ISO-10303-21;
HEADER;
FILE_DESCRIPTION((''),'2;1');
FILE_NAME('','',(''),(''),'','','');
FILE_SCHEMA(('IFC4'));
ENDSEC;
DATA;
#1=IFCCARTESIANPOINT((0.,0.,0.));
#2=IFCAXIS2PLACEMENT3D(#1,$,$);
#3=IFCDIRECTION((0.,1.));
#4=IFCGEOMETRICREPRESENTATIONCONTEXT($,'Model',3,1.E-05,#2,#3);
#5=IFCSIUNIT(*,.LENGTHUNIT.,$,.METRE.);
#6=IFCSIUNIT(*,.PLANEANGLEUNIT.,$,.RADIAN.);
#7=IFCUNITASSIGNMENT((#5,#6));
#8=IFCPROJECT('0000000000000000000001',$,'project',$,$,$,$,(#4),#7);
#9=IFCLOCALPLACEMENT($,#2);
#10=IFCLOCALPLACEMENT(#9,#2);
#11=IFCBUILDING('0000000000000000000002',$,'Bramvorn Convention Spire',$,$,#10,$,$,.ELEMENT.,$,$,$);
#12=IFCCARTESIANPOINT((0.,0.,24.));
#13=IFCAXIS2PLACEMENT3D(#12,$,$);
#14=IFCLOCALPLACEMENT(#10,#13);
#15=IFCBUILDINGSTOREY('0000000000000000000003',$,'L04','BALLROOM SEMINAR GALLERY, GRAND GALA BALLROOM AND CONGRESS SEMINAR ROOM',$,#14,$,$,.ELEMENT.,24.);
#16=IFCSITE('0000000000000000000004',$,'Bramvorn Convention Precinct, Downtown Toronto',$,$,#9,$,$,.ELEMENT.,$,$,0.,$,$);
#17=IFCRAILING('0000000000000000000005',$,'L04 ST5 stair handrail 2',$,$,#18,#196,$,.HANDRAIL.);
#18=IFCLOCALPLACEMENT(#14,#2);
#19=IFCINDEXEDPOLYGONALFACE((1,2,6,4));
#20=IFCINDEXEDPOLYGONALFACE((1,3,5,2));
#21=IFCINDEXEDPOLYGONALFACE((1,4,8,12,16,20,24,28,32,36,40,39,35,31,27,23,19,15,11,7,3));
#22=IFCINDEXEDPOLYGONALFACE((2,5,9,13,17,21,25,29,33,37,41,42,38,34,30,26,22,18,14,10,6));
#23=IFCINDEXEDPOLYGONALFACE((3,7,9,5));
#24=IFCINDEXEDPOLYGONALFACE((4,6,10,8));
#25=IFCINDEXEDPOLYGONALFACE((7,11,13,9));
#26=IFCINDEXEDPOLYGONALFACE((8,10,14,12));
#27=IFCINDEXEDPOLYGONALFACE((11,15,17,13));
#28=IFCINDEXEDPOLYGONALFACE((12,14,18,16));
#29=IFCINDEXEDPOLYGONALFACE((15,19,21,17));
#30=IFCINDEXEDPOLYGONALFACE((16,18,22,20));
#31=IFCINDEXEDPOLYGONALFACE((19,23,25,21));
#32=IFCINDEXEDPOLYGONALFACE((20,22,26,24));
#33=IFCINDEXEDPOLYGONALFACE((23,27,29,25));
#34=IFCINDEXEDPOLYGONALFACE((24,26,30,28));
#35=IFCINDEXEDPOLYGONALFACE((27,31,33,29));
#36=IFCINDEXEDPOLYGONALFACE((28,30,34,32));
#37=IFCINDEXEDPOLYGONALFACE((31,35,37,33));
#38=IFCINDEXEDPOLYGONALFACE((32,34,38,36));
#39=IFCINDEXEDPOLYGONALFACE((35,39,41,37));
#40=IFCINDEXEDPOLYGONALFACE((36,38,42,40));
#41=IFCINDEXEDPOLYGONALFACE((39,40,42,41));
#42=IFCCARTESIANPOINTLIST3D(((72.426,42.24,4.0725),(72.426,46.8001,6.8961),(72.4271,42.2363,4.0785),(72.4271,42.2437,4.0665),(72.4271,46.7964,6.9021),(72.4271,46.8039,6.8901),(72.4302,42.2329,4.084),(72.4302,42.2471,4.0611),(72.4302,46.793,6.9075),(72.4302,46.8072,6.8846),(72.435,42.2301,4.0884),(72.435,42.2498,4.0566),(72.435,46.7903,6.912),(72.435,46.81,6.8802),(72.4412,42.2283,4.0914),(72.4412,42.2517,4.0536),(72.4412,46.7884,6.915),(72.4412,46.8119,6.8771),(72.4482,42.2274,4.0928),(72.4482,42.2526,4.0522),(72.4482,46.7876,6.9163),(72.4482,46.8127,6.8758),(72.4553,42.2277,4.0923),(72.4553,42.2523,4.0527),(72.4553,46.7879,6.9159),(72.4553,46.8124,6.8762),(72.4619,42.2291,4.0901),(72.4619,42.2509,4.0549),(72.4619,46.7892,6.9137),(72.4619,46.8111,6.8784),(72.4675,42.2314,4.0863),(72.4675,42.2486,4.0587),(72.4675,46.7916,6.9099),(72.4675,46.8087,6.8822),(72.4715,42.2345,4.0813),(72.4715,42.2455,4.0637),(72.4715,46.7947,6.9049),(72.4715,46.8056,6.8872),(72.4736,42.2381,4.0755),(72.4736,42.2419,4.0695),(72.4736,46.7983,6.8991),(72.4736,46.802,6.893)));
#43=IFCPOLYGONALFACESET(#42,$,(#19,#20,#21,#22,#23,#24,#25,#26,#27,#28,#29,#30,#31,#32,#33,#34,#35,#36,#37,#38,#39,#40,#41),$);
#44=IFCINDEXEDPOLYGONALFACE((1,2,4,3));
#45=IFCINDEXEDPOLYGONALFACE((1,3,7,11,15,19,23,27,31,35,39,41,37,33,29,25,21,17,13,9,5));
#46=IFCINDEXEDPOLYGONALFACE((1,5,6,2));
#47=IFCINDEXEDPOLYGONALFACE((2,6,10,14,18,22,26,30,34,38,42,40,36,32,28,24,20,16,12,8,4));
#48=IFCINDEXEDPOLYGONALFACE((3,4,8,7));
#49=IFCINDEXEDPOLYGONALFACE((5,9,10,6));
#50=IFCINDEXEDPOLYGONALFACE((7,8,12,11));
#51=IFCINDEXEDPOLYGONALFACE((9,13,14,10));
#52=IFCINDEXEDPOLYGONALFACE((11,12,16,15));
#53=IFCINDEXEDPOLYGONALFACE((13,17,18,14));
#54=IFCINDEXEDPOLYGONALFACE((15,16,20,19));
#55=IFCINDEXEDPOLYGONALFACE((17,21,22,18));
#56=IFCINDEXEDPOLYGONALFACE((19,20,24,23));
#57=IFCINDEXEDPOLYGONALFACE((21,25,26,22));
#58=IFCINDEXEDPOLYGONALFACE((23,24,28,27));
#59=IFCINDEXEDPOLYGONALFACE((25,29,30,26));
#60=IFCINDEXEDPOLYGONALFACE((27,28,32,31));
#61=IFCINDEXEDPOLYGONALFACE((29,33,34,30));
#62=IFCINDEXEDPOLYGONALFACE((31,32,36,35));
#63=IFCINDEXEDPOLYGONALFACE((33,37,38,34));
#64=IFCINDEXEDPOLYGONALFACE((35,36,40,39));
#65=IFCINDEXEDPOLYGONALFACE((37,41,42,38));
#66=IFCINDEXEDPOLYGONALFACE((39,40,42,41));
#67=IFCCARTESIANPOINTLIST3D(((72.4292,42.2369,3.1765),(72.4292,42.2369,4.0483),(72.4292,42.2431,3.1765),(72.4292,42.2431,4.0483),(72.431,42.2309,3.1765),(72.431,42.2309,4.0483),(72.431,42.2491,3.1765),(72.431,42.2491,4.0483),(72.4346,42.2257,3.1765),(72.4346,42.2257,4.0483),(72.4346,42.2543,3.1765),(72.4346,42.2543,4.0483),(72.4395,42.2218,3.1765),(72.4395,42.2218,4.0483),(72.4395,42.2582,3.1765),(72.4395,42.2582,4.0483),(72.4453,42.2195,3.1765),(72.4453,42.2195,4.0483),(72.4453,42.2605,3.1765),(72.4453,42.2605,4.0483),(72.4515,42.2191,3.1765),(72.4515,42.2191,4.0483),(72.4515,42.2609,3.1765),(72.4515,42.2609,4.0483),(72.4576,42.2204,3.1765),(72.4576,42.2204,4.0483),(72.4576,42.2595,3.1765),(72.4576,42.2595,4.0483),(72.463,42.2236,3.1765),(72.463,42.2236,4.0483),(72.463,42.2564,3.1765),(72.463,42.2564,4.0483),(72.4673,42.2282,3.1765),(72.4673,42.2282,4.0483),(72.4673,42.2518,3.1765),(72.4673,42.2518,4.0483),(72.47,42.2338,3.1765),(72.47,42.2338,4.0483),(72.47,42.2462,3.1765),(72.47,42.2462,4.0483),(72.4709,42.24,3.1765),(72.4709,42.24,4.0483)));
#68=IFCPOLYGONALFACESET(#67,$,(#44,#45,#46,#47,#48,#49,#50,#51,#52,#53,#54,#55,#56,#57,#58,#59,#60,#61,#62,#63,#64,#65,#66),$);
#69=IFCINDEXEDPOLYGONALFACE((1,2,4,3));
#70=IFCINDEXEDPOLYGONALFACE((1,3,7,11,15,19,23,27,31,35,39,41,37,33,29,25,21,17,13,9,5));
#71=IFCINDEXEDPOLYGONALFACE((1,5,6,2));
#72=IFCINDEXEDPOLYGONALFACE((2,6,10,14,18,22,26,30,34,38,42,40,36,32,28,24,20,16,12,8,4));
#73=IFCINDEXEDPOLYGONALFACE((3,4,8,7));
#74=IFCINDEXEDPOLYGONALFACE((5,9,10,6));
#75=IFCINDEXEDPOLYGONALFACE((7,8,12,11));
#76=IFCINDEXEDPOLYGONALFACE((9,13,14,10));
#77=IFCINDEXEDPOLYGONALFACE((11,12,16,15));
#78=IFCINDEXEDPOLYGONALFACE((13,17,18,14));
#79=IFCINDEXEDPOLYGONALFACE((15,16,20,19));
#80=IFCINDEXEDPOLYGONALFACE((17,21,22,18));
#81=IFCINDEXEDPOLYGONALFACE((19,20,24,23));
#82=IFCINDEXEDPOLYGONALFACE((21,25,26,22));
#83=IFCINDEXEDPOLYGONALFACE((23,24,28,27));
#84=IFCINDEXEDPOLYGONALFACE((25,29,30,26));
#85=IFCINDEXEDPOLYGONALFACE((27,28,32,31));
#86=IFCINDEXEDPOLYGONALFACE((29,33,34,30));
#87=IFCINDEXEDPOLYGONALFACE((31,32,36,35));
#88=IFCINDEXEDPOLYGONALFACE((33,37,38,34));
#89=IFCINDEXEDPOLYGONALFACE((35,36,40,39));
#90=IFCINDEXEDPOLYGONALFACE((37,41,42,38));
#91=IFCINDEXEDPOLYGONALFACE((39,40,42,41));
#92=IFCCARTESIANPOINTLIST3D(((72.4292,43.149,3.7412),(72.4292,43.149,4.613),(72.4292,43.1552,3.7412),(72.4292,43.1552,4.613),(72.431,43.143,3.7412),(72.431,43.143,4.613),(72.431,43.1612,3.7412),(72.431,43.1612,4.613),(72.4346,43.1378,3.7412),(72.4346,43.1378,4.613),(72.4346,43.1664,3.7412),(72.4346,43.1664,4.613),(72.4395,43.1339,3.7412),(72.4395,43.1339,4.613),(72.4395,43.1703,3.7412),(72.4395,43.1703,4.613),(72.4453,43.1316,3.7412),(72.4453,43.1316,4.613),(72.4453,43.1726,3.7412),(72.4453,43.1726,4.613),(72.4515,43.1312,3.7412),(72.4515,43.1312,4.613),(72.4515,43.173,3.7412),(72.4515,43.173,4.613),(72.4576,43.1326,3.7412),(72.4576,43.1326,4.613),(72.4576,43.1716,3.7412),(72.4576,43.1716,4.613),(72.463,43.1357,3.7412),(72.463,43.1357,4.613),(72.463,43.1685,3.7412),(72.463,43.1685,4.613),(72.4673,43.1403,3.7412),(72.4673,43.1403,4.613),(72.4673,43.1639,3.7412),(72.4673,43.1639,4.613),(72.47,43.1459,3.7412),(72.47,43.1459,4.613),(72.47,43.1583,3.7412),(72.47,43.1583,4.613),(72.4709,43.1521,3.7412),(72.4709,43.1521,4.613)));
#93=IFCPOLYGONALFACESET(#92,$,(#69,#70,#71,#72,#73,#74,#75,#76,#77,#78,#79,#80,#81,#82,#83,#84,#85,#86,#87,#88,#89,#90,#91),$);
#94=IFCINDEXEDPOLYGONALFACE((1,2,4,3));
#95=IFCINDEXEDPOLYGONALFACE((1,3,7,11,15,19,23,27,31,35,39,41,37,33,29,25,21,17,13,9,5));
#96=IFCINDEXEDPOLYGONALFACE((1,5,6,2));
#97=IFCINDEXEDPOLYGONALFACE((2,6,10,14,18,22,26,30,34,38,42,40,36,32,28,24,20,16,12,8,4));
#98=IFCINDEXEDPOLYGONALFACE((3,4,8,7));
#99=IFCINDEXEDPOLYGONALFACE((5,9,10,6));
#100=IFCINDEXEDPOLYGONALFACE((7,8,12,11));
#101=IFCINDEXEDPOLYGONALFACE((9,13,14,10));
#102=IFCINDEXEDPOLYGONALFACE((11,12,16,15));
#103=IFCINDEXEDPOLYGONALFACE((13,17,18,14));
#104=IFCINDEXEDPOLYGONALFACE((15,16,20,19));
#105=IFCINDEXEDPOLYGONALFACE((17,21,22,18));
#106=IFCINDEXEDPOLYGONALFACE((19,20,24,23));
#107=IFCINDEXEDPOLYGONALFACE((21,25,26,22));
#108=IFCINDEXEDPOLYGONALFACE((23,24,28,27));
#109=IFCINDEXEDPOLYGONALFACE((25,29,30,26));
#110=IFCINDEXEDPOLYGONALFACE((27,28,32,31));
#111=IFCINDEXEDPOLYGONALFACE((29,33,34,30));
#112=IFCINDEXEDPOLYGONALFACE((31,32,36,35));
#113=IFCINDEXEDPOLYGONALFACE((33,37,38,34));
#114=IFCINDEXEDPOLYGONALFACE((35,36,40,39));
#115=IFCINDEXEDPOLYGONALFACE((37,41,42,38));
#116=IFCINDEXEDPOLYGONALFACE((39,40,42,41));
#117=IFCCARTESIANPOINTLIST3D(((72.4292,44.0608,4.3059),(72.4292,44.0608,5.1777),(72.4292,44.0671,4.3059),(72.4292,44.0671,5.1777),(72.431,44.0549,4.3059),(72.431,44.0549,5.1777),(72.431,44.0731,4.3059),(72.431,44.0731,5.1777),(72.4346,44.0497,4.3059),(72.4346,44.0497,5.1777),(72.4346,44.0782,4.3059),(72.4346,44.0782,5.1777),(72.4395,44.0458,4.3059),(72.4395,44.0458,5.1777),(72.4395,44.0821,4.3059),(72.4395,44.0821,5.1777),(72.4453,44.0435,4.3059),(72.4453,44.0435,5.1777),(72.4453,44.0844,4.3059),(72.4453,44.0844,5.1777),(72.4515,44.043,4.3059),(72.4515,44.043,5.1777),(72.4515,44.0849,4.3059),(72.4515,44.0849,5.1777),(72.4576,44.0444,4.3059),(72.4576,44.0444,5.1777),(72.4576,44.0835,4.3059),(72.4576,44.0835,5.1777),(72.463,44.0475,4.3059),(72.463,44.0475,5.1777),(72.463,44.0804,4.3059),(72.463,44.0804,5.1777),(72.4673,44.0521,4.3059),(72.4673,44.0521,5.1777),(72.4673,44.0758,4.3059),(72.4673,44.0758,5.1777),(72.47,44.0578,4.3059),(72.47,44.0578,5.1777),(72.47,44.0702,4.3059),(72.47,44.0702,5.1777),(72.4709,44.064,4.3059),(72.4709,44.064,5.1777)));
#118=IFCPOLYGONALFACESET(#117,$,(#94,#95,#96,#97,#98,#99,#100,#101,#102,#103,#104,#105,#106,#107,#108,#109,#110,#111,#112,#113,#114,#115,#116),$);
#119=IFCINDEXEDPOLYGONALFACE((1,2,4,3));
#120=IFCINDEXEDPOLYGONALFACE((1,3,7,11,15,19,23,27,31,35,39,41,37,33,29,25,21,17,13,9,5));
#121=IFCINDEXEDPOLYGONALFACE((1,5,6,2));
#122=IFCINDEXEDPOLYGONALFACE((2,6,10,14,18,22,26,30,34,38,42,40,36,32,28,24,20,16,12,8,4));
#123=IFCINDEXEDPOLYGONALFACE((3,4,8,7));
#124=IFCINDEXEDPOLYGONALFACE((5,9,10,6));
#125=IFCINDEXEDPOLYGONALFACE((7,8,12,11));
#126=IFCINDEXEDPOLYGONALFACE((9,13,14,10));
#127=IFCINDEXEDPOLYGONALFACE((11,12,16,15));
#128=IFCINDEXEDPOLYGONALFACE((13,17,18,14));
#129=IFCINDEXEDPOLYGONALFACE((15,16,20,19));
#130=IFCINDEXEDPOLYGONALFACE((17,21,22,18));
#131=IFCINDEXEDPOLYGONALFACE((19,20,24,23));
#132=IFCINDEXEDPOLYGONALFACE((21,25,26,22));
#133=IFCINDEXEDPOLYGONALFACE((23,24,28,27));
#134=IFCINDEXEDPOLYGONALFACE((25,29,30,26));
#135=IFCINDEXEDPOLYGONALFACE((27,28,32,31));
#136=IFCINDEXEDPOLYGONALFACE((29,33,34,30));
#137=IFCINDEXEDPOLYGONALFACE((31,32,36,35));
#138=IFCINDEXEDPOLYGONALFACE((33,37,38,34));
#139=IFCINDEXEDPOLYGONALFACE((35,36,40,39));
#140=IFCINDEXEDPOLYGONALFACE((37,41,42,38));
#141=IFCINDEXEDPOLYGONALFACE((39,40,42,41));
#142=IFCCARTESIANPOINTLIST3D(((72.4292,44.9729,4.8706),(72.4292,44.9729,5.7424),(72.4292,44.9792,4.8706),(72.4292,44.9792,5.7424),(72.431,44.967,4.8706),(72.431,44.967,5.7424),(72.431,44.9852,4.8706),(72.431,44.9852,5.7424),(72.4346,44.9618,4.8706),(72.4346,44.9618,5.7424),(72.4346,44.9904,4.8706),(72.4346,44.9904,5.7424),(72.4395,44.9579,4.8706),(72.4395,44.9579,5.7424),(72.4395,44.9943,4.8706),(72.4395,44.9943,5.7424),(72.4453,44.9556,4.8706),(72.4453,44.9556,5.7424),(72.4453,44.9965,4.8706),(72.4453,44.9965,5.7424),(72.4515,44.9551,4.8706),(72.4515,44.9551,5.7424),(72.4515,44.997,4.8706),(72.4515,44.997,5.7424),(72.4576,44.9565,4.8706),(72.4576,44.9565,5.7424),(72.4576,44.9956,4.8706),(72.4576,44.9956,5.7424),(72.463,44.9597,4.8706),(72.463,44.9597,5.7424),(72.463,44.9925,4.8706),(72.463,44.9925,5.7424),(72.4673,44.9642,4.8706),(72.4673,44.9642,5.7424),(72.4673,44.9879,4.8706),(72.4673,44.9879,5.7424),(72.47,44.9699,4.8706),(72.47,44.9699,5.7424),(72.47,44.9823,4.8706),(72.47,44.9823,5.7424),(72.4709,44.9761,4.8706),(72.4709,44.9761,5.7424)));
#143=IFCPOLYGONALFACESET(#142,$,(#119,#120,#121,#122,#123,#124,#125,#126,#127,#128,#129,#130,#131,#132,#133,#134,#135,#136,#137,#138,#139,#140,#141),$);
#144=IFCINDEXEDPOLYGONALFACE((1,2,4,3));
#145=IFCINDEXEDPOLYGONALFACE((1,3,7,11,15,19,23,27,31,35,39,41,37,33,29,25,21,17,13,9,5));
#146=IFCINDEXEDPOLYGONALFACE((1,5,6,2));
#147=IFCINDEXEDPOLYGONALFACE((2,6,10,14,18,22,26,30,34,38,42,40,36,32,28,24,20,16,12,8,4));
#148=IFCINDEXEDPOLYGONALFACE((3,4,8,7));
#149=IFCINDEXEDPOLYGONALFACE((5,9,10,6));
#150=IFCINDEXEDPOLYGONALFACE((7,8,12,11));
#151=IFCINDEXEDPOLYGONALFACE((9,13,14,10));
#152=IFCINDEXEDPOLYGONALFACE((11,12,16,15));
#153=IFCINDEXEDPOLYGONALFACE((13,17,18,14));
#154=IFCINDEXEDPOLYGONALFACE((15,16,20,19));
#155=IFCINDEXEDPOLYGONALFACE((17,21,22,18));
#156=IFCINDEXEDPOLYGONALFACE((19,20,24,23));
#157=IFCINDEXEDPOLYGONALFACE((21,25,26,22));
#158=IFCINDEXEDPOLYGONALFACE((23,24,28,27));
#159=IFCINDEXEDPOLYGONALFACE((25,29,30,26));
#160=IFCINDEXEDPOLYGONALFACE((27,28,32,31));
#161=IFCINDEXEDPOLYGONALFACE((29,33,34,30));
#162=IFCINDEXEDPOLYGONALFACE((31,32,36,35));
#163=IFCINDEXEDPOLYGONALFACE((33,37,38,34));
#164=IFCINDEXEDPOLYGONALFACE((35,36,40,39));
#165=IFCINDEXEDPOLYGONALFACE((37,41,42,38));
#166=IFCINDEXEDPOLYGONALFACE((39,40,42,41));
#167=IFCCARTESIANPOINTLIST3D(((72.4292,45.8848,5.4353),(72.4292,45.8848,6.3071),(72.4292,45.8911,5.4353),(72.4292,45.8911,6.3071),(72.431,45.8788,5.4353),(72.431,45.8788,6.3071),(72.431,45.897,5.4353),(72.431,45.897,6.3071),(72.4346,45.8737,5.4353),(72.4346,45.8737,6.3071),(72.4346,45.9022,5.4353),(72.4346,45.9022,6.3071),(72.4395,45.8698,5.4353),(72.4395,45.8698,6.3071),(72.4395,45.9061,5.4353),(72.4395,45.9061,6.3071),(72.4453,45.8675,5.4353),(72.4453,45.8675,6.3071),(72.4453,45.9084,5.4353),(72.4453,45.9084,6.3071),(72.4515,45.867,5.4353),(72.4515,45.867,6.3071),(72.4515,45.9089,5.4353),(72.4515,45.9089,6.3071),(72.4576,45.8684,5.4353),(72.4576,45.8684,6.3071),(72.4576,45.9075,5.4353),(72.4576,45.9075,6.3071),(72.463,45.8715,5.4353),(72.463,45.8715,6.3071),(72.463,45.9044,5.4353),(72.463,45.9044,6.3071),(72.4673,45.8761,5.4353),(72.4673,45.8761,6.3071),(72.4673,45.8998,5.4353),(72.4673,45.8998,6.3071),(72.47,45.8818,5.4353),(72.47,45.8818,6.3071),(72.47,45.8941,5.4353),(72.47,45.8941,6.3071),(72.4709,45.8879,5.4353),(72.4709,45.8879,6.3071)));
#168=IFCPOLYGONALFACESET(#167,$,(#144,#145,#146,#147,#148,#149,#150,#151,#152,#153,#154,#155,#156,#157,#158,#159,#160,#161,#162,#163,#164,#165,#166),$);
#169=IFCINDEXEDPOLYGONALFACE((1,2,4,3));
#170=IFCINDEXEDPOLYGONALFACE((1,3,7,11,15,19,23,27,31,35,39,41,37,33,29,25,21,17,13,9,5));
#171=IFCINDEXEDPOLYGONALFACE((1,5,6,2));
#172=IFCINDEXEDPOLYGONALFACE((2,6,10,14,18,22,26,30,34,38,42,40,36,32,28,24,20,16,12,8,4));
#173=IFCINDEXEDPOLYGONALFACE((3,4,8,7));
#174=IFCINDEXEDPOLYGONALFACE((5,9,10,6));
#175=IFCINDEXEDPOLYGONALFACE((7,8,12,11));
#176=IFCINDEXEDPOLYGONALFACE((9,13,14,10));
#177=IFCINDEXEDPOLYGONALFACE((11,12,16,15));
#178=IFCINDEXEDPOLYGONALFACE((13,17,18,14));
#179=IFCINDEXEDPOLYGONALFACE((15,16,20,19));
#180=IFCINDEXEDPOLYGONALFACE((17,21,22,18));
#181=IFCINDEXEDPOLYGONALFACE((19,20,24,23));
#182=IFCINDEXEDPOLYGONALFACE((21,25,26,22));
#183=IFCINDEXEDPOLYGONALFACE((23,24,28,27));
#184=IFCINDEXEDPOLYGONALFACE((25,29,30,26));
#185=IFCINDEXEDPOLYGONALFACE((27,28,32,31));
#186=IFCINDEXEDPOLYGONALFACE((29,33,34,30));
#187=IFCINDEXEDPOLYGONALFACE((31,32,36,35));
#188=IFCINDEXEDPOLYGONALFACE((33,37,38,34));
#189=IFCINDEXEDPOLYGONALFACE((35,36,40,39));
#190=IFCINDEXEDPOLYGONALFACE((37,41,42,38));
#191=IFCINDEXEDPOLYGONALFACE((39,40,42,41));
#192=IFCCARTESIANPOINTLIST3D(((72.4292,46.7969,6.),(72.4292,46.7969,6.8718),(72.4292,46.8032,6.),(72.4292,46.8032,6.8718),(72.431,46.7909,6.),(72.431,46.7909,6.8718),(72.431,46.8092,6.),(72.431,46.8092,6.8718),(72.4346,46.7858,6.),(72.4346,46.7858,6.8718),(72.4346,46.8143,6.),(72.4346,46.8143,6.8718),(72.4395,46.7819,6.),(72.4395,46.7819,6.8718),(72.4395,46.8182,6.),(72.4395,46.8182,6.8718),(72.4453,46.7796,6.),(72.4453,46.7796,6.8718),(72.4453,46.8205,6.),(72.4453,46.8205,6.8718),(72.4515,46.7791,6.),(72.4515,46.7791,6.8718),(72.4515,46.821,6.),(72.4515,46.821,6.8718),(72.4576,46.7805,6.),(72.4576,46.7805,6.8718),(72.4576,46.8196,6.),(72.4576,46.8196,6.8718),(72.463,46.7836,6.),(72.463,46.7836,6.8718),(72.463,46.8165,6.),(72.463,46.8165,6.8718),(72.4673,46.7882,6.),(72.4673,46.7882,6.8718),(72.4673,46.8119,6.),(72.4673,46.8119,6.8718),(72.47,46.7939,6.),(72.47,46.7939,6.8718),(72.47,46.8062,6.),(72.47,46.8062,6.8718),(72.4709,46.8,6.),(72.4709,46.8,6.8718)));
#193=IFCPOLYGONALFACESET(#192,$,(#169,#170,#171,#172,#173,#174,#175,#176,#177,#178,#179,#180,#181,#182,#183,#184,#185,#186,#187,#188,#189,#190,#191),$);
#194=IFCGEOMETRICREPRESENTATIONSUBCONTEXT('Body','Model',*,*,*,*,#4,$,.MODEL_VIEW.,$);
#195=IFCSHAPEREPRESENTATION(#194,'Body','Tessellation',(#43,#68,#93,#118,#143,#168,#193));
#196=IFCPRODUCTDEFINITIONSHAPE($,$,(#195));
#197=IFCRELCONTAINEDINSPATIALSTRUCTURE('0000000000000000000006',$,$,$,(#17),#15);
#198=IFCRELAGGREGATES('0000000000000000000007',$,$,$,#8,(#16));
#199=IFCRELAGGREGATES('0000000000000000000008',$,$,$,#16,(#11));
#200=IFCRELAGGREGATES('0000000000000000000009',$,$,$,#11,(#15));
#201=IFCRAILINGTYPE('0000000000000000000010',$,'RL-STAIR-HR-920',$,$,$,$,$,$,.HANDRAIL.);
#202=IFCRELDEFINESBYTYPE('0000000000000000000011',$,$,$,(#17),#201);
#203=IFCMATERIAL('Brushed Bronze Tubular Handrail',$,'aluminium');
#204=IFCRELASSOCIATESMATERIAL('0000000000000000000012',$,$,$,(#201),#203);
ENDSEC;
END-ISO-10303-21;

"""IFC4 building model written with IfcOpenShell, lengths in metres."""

from ifc_helpers import new_model, si_unit, direction, frame, origin, origin_2d, place, context, subcontext, project, spatial, circle, extrude, material, type_object, element, save


model = new_model("IFC4")

# Units and contexts
model_context = context("Model", 3, precision=1e-05, world=origin(), true_north=direction((0.0, 1.0)))
body_context = subcontext(model_context, "Body", "Model", "MODEL_VIEW")
ifc_project = project(units=[si_unit("LENGTHUNIT", "METRE"), si_unit("PLANEANGLEUNIT", "RADIAN")], contexts=[model_context])

# Site, building, storey
site_placement = place(None, origin())
site = spatial("IfcSite", under=ifc_project, at=site_placement, Name="Bramvorn Convention Precinct, Downtown Toronto", CompositionType="ELEMENT", RefElevation=0.0)
building_placement = place(site_placement, origin())
building = spatial("IfcBuilding", under=site, at=building_placement, Name="Bramvorn Convention Spire", CompositionType="ELEMENT")
storey_placement = place(building_placement, frame((0.0, 0.0, 24.0)))
storey = spatial("IfcBuildingStorey", under=building, at=storey_placement, Name="L04", Description="BALLROOM SEMINAR GALLERY, GRAND GALA BALLROOM AND CONGRESS SEMINAR ROOM", CompositionType="ELEMENT", Elevation=24.0)

# Railing
ifc_material_1 = material(Name="Brushed Bronze Tubular Handrail", Category="aluminium")
railing_type_1 = type_object("IfcRailingType", Name="RL-STAIR-HR-920", PredefinedType="HANDRAIL", material=ifc_material_1)
railing_1_placement = place(storey_placement, frame((72.45, 42.24, 3.1765)))
element("IfcRailing", 1, at=railing_1_placement, inside=storey, type_object=railing_type_1, Name="L04 ST5 stair handrail 2", PredefinedType="HANDRAIL", context=body_context, shape_type="SweptSolid", body=[
    extrude(circle(Radius=0.0239, at=origin_2d()), frame((0.0, 0.0, 0.896), z_axis=(0.0, 0.850216, 0.526435), x_axis=(-1.0, 0.0, 0.0)), (0.0, 0.0, 1.0), 5.3635),
    extrude(circle(Radius=0.021, at=origin_2d()), origin(), (0.0, 0.0, 1.0), 0.8718),
    extrude(circle(Radius=0.021, at=origin_2d()), frame((0.0, 0.9121, 0.5647)), (0.0, 0.0, 1.0), 0.8718),
    extrude(circle(Radius=0.021, at=origin_2d()), frame((0.0, 1.824, 1.1294)), (0.0, 0.0, 1.0), 0.8718),
    extrude(circle(Radius=0.021, at=origin_2d()), frame((0.0, 2.7361, 1.6941)), (0.0, 0.0, 1.0), 0.8718),
    extrude(circle(Radius=0.021, at=origin_2d()), frame((0.0, 3.6479, 2.2588)), (0.0, 0.0, 1.0), 0.8718),
    extrude(circle(Radius=0.021, at=origin_2d()), frame((0.0, 4.5601, 2.8235)), (0.0, 0.0, 1.0), 0.8718),
])

save(model, "model.ifc")
